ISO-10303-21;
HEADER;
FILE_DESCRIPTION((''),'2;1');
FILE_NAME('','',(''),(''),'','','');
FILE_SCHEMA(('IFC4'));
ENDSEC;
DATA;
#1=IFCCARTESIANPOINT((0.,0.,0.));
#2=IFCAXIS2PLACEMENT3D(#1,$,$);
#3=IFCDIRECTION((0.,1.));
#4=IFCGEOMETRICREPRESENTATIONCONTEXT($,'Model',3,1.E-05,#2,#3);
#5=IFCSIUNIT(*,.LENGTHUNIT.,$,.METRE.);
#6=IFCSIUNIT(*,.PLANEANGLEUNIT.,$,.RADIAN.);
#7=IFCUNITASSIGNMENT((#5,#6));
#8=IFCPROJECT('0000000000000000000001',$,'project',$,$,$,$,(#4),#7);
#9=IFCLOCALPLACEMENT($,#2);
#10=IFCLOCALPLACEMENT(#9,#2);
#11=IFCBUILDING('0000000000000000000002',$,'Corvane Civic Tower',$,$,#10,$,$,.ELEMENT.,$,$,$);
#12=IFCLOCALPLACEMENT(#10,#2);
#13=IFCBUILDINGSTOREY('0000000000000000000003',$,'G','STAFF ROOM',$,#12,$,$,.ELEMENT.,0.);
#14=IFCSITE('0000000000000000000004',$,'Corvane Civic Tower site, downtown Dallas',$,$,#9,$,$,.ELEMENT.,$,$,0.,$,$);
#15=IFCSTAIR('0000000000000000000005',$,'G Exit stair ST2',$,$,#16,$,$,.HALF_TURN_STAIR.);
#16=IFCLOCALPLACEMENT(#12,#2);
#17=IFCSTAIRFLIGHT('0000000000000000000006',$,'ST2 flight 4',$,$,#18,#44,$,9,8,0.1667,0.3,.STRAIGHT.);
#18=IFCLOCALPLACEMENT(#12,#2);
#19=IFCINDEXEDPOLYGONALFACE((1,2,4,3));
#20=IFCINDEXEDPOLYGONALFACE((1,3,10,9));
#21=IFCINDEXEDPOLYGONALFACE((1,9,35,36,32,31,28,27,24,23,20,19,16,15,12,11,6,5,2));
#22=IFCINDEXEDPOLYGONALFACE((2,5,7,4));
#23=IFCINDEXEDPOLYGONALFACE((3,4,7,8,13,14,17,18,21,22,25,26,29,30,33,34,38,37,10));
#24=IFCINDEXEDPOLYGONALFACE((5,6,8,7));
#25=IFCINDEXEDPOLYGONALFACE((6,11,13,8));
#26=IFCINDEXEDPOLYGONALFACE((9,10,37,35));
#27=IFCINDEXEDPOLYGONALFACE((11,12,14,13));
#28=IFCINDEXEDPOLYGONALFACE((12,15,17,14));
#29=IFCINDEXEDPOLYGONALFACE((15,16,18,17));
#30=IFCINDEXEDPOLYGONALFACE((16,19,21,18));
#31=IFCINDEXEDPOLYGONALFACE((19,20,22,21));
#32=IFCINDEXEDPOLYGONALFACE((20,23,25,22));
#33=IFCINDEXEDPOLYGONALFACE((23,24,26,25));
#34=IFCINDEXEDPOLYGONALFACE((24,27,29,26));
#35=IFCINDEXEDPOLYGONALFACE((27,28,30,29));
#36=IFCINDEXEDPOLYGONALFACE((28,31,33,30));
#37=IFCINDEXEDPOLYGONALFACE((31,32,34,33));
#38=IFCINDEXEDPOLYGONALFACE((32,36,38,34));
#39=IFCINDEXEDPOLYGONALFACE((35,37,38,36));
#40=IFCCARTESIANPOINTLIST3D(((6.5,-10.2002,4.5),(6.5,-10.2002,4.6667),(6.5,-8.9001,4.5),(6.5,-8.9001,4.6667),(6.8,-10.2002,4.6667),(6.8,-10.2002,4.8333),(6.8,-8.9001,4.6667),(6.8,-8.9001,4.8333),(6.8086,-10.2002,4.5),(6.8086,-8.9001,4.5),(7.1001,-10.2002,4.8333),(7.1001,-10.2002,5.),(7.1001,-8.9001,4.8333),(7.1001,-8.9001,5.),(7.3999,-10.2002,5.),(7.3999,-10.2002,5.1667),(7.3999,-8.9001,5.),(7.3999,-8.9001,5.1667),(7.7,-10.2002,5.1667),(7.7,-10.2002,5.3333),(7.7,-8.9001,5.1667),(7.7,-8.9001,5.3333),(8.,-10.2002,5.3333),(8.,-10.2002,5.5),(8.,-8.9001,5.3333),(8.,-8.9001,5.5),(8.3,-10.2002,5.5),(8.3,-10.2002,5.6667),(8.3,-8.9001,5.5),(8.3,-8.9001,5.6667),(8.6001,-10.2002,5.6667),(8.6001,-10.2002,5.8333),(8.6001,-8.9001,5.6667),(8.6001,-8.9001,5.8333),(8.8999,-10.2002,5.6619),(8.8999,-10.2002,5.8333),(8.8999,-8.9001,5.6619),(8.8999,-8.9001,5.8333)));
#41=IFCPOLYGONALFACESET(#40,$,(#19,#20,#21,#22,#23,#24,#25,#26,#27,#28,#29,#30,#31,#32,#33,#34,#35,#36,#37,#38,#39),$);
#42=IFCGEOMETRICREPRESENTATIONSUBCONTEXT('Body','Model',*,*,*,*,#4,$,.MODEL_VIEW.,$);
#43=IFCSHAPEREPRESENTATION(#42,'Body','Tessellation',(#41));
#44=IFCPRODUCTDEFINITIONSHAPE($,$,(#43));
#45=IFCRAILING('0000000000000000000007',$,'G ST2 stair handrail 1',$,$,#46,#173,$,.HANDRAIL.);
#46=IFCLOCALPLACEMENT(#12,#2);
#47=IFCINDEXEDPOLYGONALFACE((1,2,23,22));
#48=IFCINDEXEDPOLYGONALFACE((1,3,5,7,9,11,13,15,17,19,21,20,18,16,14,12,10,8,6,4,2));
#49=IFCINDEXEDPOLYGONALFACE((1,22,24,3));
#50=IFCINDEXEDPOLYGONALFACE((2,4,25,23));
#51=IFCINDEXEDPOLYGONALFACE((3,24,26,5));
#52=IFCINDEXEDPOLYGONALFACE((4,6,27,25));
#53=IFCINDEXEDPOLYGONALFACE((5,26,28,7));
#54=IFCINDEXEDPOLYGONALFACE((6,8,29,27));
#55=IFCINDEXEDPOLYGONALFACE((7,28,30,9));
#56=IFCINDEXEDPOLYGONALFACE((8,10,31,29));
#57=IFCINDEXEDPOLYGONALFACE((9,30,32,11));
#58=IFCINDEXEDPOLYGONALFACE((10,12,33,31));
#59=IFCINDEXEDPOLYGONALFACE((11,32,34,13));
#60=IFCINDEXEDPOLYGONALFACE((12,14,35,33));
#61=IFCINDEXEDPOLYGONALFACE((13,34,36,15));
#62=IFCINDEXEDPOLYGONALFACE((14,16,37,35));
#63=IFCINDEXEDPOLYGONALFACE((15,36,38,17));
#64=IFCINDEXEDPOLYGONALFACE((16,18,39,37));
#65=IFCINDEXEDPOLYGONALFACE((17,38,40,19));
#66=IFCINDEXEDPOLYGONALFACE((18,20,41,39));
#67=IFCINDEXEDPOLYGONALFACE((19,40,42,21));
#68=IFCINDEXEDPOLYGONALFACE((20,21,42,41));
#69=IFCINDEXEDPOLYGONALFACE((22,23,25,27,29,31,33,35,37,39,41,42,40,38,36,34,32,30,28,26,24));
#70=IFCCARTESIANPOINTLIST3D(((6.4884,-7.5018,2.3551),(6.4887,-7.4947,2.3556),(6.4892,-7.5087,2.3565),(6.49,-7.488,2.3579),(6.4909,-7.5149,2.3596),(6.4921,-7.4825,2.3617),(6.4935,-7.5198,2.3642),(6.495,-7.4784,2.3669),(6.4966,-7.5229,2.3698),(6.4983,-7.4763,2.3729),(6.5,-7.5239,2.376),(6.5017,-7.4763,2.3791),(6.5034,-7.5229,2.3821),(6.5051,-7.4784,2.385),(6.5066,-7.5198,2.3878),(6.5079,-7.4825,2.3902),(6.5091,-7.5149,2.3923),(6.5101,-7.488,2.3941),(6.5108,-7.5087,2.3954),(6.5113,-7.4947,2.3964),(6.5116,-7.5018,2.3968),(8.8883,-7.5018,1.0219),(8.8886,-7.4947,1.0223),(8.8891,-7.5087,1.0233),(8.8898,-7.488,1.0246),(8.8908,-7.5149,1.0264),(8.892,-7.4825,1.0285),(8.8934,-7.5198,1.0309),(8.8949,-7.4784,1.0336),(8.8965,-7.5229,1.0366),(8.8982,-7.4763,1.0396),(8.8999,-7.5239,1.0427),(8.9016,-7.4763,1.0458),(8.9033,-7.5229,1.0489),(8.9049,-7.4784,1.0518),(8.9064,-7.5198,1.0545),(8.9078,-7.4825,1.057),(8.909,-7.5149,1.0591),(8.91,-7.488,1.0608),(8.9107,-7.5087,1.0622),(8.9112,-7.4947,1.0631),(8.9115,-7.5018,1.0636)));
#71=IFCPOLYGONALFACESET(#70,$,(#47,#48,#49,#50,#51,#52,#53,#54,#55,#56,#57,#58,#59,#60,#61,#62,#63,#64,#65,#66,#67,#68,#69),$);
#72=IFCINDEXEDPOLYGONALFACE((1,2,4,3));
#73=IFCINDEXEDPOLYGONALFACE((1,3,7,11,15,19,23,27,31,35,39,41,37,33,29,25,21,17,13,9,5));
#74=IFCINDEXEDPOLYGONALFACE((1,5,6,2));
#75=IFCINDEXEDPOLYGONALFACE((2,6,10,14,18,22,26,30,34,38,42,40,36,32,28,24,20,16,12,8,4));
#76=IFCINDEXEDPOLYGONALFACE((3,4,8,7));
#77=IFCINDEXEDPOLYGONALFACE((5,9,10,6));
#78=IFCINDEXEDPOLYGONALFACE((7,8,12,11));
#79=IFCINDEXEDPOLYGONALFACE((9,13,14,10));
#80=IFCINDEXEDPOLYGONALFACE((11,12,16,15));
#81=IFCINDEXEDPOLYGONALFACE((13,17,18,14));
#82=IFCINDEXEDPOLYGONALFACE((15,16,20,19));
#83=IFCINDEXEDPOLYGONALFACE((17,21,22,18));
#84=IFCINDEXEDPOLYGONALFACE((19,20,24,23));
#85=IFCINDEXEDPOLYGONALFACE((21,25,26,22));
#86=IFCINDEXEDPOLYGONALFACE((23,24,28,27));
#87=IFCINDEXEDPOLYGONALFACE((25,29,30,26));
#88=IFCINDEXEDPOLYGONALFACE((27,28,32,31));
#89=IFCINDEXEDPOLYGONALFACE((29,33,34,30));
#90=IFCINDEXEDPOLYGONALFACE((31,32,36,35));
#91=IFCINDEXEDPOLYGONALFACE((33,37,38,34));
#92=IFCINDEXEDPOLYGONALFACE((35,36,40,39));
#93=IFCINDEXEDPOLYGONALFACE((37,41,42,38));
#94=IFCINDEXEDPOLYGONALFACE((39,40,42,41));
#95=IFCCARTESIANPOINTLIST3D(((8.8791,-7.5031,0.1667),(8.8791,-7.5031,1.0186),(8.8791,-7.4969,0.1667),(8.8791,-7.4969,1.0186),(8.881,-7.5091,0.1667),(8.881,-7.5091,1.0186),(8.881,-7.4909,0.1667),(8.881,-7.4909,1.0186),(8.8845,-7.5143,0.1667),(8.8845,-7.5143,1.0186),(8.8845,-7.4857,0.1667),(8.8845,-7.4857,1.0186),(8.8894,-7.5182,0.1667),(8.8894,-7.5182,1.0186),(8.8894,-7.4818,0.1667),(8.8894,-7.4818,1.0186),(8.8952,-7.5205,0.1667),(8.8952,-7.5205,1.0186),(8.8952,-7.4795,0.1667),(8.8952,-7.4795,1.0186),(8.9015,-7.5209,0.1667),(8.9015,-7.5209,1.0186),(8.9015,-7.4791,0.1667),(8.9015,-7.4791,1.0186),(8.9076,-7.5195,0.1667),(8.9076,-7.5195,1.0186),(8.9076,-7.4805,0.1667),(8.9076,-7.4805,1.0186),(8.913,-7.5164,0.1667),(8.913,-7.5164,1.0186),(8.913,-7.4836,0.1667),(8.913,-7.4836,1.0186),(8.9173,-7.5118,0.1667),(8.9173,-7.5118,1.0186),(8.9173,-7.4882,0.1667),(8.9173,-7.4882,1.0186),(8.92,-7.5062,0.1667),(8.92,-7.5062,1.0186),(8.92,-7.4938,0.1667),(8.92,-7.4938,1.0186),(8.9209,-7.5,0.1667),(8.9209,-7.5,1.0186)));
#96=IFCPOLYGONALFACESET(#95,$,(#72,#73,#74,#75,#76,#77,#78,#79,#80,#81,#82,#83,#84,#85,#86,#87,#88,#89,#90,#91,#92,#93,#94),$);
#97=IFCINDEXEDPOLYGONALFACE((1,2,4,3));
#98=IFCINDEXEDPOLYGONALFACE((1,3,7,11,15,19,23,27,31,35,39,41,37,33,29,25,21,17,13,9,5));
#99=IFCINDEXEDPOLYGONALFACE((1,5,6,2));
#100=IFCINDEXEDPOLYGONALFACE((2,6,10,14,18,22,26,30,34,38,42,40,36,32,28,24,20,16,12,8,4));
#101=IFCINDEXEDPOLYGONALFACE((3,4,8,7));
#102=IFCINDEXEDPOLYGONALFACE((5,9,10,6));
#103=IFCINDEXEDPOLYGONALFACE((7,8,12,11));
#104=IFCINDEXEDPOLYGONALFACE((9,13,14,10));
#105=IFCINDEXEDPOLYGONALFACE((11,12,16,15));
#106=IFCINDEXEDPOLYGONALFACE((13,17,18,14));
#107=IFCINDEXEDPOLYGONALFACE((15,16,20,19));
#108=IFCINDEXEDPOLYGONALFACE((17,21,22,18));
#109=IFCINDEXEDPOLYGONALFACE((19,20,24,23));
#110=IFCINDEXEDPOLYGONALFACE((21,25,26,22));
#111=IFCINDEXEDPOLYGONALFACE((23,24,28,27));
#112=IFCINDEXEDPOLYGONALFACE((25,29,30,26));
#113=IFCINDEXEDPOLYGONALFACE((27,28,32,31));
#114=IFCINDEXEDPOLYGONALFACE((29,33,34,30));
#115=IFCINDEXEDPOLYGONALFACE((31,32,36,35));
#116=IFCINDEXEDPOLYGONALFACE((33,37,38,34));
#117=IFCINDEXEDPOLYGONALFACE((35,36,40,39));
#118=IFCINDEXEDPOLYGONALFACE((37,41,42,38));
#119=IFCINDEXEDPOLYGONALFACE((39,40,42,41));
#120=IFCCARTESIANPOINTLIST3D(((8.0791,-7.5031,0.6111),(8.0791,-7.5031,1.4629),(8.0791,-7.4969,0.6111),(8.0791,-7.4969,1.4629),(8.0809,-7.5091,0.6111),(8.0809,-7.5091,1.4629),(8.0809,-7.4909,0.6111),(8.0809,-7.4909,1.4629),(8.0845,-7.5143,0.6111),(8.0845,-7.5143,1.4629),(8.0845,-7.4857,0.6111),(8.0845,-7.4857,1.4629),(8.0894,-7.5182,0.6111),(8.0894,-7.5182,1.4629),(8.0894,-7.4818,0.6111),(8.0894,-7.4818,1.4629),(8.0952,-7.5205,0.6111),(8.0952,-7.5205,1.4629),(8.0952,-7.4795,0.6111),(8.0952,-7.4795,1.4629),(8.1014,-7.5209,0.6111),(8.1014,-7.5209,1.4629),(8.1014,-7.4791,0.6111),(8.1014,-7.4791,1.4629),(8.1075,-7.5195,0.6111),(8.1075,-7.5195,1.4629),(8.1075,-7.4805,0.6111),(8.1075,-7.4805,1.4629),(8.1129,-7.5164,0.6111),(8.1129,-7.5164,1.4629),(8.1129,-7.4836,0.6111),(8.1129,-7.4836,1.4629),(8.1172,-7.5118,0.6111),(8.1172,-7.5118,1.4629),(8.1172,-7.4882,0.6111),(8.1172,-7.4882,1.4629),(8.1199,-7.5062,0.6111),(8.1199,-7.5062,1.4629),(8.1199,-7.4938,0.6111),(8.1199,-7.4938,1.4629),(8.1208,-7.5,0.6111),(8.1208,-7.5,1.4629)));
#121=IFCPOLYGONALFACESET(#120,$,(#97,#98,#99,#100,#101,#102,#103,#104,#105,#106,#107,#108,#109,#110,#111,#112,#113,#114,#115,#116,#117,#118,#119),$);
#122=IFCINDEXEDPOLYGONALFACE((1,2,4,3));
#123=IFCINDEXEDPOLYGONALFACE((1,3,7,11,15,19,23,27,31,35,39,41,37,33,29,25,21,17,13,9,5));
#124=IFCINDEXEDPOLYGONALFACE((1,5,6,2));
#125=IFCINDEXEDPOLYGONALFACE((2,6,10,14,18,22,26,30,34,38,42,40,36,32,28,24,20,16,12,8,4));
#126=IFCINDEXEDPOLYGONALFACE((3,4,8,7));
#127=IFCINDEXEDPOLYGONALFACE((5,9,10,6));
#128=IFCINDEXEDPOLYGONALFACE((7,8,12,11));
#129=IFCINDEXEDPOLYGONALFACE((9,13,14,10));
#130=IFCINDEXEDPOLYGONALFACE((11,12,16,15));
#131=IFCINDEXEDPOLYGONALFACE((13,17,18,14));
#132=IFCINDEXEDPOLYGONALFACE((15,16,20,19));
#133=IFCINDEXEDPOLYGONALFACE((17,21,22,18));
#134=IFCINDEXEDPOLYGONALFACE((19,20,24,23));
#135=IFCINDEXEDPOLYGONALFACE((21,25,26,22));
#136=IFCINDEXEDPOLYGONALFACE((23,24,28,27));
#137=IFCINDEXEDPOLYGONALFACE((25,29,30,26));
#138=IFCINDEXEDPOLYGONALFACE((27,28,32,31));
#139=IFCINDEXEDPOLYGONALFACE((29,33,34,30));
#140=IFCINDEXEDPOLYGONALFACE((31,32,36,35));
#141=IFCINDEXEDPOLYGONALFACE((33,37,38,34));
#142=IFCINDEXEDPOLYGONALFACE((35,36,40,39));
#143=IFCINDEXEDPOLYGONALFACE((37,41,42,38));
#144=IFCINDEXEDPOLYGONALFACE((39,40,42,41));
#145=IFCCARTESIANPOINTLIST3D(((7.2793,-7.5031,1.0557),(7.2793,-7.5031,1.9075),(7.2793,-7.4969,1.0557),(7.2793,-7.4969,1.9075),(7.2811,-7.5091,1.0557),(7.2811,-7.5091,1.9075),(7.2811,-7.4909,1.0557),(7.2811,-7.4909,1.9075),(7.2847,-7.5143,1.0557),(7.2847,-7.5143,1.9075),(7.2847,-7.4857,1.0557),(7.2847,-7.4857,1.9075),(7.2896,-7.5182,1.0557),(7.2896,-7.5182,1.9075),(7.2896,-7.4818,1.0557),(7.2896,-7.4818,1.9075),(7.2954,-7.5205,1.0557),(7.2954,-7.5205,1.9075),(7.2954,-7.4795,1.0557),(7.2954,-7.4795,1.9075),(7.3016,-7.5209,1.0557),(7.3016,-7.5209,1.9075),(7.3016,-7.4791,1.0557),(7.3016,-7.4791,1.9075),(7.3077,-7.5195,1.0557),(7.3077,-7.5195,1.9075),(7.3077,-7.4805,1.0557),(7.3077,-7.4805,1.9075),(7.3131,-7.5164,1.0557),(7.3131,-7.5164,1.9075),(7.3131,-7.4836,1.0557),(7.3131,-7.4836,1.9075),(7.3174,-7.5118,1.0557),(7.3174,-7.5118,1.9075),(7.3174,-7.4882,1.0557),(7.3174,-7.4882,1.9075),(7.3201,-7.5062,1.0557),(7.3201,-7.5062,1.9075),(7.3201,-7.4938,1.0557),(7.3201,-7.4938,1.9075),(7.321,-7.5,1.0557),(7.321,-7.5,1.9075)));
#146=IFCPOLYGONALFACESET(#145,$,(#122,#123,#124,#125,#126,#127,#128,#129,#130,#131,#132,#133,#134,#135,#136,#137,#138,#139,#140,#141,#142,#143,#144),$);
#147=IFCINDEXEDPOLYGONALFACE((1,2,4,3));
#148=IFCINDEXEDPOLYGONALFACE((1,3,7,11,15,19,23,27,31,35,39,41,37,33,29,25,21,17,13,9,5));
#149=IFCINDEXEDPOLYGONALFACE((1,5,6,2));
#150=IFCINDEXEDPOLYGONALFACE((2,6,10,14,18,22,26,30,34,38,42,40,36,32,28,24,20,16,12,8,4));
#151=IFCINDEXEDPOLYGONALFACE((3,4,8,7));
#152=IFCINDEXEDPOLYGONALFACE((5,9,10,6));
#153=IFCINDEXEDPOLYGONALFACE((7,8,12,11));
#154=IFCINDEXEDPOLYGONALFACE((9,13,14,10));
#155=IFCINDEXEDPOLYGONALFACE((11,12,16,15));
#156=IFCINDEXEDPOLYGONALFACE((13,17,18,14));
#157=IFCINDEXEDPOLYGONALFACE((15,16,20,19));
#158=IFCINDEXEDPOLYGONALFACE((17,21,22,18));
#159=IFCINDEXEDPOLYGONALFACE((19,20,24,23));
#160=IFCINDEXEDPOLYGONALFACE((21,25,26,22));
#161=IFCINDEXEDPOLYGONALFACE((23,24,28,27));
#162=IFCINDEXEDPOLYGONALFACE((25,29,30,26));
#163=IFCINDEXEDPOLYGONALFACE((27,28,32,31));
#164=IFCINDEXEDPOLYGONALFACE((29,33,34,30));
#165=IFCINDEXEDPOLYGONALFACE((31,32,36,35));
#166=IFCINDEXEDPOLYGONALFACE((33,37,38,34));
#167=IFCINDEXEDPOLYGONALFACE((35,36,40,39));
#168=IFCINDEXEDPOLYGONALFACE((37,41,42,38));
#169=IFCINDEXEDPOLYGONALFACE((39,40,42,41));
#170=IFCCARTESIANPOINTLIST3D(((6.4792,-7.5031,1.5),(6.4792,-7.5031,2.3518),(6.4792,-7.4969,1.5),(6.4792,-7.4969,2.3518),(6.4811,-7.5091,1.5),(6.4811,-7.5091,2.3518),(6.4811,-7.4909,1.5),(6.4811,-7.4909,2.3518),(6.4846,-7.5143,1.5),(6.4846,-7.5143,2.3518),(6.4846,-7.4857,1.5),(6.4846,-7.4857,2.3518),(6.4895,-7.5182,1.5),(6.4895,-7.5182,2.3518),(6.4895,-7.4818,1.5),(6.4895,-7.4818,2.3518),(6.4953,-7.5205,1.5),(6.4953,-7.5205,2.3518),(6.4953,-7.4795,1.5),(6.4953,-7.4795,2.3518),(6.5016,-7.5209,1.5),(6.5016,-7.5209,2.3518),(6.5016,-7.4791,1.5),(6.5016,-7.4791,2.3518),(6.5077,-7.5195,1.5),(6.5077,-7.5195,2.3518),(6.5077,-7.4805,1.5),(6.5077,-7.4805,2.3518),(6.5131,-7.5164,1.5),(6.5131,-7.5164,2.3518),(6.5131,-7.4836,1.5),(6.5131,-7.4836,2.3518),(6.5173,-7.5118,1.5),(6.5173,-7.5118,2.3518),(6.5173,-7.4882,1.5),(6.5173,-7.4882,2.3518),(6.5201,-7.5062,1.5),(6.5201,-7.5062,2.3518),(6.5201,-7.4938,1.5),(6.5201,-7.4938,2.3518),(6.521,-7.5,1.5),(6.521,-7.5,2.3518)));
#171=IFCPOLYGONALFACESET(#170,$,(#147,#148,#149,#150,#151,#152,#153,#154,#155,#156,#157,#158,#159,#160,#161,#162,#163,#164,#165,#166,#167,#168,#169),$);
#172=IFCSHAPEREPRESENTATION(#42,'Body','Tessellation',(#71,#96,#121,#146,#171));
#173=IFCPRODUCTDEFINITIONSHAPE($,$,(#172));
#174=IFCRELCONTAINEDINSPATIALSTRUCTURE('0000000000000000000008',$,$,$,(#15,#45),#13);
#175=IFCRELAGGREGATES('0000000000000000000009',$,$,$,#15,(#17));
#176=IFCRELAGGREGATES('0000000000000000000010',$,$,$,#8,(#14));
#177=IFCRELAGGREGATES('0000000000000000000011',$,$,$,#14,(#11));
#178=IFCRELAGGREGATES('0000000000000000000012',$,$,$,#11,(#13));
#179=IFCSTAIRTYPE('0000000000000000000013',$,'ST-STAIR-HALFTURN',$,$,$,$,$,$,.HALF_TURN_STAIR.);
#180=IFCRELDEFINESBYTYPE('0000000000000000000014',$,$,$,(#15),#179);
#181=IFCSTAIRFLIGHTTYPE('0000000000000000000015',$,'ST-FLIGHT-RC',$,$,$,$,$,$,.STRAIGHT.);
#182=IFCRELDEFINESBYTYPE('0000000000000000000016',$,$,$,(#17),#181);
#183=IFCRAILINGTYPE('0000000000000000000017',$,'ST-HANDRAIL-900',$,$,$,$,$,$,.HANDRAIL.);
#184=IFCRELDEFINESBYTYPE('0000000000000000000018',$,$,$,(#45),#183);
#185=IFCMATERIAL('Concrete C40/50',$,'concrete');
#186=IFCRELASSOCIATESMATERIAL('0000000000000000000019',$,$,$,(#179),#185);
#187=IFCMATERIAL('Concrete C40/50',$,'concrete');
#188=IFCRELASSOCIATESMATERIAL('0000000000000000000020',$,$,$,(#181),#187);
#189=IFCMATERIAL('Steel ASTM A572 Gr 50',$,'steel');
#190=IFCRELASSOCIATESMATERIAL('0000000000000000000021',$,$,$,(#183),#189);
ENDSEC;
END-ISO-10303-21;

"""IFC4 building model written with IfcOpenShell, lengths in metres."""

from ifc_helpers import new_model, si_unit, direction, frame, origin, origin_2d, place, context, subcontext, project, spatial, polyline, circle, outline, extrude, material, type_object, element, aggregate, save


model = new_model("IFC4")

# Units and contexts
model_context = context("Model", 3, precision=1e-05, world=origin(), true_north=direction((0.0, 1.0)))
body_context = subcontext(model_context, "Body", "Model", "MODEL_VIEW")
ifc_project = project(units=[si_unit("LENGTHUNIT", "METRE"), si_unit("PLANEANGLEUNIT", "RADIAN")], contexts=[model_context])

# Site, building, storey
site_placement = place(None, origin())
site = spatial("IfcSite", under=ifc_project, at=site_placement, Name="Corvane Civic Tower site, downtown Dallas", CompositionType="ELEMENT", RefElevation=0.0)
building_placement = place(site_placement, origin())
building = spatial("IfcBuilding", under=site, at=building_placement, Name="Corvane Civic Tower", CompositionType="ELEMENT")
storey_placement = place(building_placement, origin())
storey = spatial("IfcBuildingStorey", under=building, at=storey_placement, Name="G", Description="STAFF ROOM", CompositionType="ELEMENT", Elevation=0.0)

# Stair, stair flight
ifc_material_1 = material(Name="Concrete C40/50", Category="concrete")
stair_type = type_object("IfcStairType", Name="ST-STAIR-HALFTURN", PredefinedType="HALF_TURN_STAIR", material=ifc_material_1)
stair_placement = place(storey_placement, origin())
stair = element("IfcStair", 1, at=stair_placement, inside=storey, type_object=stair_type, Name="G Exit stair ST2", PredefinedType="HALF_TURN_STAIR")
ifc_material_2 = material(Name="Concrete C40/50", Category="concrete")
stair_flight_type = type_object("IfcStairFlightType", Name="ST-FLIGHT-RC", PredefinedType="STRAIGHT", material=ifc_material_2)
stair_flight_1_placement = place(storey_placement, frame((6.5, -9.55, 4.5), z_axis=(0.0, 0.0, 1.0), x_axis=(1.0, 0.0, 0.0)))
stair_flight_1 = element("IfcStairFlight", 2, at=stair_flight_1_placement, type_object=stair_flight_type, Name="ST2 flight 4", NumberOfRisers=9, NumberOfTreads=8, PredefinedType="STRAIGHT", RiserHeight=0.1667, TreadLength=0.3, context=body_context, shape_type="SweptSolid", body=[
    extrude(outline(polyline([(0.0, 0.0), (0.0, 0.1667), (0.3, 0.1667), (0.3, 0.3333), (0.6001, 0.3333), (0.6001, 0.5), (0.8999, 0.5), (0.8999, 0.6667), (1.2, 0.6667), (1.2, 0.8333), (1.5, 0.8333), (1.5, 1.0), (1.8, 1.0), (1.8, 1.1667), (2.1001, 1.1667), (2.1001, 1.3333), (2.3999, 1.3333), (2.3999, 1.5), (2.3999, 1.1619), (0.3086, 0.0), (0.0, 0.0)])), frame((0.0, 0.6499, 0.0), z_axis=(0.0, -1.0, 0.0), x_axis=(1.0, 0.0, 0.0)), (0.0, 0.0, 1.0), 1.3),
])
aggregate(stair, [stair_flight_1])

# Railing
ifc_material_3 = material(Name="Steel ASTM A572 Gr 50", Category="steel")
railing_type_1 = type_object("IfcRailingType", Name="ST-HANDRAIL-900", PredefinedType="HANDRAIL", material=ifc_material_3)
railing_1_placement = place(storey_placement, frame((8.8999, -7.5, 0.1667)))
element("IfcRailing", 3, at=railing_1_placement, inside=storey, type_object=railing_type_1, Name="G ST2 stair handrail 1", PredefinedType="HANDRAIL", context=body_context, shape_type="SweptSolid", body=[
    extrude(circle(Radius=0.0239, at=origin_2d()), frame((0.0, 0.0, 0.876), z_axis=(-0.874161, 0.0, 0.485635), x_axis=(0.0, -1.0, 0.0)), (0.0, 0.0, 1.0), 2.7454),
    extrude(circle(Radius=0.021, at=origin_2d()), origin(), (0.0, 0.0, 1.0), 0.8518),
    extrude(circle(Radius=0.021, at=origin_2d()), frame((-0.8, 0.0, 0.4443)), (0.0, 0.0, 1.0), 0.8518),
    extrude(circle(Radius=0.021, at=origin_2d()), frame((-1.5999, 0.0, 0.8889)), (0.0, 0.0, 1.0), 0.8518),
    extrude(circle(Radius=0.021, at=origin_2d()), frame((-2.3999, 0.0, 1.3333)), (0.0, 0.0, 1.0), 0.8518),
])

save(model, "model.ifc")
